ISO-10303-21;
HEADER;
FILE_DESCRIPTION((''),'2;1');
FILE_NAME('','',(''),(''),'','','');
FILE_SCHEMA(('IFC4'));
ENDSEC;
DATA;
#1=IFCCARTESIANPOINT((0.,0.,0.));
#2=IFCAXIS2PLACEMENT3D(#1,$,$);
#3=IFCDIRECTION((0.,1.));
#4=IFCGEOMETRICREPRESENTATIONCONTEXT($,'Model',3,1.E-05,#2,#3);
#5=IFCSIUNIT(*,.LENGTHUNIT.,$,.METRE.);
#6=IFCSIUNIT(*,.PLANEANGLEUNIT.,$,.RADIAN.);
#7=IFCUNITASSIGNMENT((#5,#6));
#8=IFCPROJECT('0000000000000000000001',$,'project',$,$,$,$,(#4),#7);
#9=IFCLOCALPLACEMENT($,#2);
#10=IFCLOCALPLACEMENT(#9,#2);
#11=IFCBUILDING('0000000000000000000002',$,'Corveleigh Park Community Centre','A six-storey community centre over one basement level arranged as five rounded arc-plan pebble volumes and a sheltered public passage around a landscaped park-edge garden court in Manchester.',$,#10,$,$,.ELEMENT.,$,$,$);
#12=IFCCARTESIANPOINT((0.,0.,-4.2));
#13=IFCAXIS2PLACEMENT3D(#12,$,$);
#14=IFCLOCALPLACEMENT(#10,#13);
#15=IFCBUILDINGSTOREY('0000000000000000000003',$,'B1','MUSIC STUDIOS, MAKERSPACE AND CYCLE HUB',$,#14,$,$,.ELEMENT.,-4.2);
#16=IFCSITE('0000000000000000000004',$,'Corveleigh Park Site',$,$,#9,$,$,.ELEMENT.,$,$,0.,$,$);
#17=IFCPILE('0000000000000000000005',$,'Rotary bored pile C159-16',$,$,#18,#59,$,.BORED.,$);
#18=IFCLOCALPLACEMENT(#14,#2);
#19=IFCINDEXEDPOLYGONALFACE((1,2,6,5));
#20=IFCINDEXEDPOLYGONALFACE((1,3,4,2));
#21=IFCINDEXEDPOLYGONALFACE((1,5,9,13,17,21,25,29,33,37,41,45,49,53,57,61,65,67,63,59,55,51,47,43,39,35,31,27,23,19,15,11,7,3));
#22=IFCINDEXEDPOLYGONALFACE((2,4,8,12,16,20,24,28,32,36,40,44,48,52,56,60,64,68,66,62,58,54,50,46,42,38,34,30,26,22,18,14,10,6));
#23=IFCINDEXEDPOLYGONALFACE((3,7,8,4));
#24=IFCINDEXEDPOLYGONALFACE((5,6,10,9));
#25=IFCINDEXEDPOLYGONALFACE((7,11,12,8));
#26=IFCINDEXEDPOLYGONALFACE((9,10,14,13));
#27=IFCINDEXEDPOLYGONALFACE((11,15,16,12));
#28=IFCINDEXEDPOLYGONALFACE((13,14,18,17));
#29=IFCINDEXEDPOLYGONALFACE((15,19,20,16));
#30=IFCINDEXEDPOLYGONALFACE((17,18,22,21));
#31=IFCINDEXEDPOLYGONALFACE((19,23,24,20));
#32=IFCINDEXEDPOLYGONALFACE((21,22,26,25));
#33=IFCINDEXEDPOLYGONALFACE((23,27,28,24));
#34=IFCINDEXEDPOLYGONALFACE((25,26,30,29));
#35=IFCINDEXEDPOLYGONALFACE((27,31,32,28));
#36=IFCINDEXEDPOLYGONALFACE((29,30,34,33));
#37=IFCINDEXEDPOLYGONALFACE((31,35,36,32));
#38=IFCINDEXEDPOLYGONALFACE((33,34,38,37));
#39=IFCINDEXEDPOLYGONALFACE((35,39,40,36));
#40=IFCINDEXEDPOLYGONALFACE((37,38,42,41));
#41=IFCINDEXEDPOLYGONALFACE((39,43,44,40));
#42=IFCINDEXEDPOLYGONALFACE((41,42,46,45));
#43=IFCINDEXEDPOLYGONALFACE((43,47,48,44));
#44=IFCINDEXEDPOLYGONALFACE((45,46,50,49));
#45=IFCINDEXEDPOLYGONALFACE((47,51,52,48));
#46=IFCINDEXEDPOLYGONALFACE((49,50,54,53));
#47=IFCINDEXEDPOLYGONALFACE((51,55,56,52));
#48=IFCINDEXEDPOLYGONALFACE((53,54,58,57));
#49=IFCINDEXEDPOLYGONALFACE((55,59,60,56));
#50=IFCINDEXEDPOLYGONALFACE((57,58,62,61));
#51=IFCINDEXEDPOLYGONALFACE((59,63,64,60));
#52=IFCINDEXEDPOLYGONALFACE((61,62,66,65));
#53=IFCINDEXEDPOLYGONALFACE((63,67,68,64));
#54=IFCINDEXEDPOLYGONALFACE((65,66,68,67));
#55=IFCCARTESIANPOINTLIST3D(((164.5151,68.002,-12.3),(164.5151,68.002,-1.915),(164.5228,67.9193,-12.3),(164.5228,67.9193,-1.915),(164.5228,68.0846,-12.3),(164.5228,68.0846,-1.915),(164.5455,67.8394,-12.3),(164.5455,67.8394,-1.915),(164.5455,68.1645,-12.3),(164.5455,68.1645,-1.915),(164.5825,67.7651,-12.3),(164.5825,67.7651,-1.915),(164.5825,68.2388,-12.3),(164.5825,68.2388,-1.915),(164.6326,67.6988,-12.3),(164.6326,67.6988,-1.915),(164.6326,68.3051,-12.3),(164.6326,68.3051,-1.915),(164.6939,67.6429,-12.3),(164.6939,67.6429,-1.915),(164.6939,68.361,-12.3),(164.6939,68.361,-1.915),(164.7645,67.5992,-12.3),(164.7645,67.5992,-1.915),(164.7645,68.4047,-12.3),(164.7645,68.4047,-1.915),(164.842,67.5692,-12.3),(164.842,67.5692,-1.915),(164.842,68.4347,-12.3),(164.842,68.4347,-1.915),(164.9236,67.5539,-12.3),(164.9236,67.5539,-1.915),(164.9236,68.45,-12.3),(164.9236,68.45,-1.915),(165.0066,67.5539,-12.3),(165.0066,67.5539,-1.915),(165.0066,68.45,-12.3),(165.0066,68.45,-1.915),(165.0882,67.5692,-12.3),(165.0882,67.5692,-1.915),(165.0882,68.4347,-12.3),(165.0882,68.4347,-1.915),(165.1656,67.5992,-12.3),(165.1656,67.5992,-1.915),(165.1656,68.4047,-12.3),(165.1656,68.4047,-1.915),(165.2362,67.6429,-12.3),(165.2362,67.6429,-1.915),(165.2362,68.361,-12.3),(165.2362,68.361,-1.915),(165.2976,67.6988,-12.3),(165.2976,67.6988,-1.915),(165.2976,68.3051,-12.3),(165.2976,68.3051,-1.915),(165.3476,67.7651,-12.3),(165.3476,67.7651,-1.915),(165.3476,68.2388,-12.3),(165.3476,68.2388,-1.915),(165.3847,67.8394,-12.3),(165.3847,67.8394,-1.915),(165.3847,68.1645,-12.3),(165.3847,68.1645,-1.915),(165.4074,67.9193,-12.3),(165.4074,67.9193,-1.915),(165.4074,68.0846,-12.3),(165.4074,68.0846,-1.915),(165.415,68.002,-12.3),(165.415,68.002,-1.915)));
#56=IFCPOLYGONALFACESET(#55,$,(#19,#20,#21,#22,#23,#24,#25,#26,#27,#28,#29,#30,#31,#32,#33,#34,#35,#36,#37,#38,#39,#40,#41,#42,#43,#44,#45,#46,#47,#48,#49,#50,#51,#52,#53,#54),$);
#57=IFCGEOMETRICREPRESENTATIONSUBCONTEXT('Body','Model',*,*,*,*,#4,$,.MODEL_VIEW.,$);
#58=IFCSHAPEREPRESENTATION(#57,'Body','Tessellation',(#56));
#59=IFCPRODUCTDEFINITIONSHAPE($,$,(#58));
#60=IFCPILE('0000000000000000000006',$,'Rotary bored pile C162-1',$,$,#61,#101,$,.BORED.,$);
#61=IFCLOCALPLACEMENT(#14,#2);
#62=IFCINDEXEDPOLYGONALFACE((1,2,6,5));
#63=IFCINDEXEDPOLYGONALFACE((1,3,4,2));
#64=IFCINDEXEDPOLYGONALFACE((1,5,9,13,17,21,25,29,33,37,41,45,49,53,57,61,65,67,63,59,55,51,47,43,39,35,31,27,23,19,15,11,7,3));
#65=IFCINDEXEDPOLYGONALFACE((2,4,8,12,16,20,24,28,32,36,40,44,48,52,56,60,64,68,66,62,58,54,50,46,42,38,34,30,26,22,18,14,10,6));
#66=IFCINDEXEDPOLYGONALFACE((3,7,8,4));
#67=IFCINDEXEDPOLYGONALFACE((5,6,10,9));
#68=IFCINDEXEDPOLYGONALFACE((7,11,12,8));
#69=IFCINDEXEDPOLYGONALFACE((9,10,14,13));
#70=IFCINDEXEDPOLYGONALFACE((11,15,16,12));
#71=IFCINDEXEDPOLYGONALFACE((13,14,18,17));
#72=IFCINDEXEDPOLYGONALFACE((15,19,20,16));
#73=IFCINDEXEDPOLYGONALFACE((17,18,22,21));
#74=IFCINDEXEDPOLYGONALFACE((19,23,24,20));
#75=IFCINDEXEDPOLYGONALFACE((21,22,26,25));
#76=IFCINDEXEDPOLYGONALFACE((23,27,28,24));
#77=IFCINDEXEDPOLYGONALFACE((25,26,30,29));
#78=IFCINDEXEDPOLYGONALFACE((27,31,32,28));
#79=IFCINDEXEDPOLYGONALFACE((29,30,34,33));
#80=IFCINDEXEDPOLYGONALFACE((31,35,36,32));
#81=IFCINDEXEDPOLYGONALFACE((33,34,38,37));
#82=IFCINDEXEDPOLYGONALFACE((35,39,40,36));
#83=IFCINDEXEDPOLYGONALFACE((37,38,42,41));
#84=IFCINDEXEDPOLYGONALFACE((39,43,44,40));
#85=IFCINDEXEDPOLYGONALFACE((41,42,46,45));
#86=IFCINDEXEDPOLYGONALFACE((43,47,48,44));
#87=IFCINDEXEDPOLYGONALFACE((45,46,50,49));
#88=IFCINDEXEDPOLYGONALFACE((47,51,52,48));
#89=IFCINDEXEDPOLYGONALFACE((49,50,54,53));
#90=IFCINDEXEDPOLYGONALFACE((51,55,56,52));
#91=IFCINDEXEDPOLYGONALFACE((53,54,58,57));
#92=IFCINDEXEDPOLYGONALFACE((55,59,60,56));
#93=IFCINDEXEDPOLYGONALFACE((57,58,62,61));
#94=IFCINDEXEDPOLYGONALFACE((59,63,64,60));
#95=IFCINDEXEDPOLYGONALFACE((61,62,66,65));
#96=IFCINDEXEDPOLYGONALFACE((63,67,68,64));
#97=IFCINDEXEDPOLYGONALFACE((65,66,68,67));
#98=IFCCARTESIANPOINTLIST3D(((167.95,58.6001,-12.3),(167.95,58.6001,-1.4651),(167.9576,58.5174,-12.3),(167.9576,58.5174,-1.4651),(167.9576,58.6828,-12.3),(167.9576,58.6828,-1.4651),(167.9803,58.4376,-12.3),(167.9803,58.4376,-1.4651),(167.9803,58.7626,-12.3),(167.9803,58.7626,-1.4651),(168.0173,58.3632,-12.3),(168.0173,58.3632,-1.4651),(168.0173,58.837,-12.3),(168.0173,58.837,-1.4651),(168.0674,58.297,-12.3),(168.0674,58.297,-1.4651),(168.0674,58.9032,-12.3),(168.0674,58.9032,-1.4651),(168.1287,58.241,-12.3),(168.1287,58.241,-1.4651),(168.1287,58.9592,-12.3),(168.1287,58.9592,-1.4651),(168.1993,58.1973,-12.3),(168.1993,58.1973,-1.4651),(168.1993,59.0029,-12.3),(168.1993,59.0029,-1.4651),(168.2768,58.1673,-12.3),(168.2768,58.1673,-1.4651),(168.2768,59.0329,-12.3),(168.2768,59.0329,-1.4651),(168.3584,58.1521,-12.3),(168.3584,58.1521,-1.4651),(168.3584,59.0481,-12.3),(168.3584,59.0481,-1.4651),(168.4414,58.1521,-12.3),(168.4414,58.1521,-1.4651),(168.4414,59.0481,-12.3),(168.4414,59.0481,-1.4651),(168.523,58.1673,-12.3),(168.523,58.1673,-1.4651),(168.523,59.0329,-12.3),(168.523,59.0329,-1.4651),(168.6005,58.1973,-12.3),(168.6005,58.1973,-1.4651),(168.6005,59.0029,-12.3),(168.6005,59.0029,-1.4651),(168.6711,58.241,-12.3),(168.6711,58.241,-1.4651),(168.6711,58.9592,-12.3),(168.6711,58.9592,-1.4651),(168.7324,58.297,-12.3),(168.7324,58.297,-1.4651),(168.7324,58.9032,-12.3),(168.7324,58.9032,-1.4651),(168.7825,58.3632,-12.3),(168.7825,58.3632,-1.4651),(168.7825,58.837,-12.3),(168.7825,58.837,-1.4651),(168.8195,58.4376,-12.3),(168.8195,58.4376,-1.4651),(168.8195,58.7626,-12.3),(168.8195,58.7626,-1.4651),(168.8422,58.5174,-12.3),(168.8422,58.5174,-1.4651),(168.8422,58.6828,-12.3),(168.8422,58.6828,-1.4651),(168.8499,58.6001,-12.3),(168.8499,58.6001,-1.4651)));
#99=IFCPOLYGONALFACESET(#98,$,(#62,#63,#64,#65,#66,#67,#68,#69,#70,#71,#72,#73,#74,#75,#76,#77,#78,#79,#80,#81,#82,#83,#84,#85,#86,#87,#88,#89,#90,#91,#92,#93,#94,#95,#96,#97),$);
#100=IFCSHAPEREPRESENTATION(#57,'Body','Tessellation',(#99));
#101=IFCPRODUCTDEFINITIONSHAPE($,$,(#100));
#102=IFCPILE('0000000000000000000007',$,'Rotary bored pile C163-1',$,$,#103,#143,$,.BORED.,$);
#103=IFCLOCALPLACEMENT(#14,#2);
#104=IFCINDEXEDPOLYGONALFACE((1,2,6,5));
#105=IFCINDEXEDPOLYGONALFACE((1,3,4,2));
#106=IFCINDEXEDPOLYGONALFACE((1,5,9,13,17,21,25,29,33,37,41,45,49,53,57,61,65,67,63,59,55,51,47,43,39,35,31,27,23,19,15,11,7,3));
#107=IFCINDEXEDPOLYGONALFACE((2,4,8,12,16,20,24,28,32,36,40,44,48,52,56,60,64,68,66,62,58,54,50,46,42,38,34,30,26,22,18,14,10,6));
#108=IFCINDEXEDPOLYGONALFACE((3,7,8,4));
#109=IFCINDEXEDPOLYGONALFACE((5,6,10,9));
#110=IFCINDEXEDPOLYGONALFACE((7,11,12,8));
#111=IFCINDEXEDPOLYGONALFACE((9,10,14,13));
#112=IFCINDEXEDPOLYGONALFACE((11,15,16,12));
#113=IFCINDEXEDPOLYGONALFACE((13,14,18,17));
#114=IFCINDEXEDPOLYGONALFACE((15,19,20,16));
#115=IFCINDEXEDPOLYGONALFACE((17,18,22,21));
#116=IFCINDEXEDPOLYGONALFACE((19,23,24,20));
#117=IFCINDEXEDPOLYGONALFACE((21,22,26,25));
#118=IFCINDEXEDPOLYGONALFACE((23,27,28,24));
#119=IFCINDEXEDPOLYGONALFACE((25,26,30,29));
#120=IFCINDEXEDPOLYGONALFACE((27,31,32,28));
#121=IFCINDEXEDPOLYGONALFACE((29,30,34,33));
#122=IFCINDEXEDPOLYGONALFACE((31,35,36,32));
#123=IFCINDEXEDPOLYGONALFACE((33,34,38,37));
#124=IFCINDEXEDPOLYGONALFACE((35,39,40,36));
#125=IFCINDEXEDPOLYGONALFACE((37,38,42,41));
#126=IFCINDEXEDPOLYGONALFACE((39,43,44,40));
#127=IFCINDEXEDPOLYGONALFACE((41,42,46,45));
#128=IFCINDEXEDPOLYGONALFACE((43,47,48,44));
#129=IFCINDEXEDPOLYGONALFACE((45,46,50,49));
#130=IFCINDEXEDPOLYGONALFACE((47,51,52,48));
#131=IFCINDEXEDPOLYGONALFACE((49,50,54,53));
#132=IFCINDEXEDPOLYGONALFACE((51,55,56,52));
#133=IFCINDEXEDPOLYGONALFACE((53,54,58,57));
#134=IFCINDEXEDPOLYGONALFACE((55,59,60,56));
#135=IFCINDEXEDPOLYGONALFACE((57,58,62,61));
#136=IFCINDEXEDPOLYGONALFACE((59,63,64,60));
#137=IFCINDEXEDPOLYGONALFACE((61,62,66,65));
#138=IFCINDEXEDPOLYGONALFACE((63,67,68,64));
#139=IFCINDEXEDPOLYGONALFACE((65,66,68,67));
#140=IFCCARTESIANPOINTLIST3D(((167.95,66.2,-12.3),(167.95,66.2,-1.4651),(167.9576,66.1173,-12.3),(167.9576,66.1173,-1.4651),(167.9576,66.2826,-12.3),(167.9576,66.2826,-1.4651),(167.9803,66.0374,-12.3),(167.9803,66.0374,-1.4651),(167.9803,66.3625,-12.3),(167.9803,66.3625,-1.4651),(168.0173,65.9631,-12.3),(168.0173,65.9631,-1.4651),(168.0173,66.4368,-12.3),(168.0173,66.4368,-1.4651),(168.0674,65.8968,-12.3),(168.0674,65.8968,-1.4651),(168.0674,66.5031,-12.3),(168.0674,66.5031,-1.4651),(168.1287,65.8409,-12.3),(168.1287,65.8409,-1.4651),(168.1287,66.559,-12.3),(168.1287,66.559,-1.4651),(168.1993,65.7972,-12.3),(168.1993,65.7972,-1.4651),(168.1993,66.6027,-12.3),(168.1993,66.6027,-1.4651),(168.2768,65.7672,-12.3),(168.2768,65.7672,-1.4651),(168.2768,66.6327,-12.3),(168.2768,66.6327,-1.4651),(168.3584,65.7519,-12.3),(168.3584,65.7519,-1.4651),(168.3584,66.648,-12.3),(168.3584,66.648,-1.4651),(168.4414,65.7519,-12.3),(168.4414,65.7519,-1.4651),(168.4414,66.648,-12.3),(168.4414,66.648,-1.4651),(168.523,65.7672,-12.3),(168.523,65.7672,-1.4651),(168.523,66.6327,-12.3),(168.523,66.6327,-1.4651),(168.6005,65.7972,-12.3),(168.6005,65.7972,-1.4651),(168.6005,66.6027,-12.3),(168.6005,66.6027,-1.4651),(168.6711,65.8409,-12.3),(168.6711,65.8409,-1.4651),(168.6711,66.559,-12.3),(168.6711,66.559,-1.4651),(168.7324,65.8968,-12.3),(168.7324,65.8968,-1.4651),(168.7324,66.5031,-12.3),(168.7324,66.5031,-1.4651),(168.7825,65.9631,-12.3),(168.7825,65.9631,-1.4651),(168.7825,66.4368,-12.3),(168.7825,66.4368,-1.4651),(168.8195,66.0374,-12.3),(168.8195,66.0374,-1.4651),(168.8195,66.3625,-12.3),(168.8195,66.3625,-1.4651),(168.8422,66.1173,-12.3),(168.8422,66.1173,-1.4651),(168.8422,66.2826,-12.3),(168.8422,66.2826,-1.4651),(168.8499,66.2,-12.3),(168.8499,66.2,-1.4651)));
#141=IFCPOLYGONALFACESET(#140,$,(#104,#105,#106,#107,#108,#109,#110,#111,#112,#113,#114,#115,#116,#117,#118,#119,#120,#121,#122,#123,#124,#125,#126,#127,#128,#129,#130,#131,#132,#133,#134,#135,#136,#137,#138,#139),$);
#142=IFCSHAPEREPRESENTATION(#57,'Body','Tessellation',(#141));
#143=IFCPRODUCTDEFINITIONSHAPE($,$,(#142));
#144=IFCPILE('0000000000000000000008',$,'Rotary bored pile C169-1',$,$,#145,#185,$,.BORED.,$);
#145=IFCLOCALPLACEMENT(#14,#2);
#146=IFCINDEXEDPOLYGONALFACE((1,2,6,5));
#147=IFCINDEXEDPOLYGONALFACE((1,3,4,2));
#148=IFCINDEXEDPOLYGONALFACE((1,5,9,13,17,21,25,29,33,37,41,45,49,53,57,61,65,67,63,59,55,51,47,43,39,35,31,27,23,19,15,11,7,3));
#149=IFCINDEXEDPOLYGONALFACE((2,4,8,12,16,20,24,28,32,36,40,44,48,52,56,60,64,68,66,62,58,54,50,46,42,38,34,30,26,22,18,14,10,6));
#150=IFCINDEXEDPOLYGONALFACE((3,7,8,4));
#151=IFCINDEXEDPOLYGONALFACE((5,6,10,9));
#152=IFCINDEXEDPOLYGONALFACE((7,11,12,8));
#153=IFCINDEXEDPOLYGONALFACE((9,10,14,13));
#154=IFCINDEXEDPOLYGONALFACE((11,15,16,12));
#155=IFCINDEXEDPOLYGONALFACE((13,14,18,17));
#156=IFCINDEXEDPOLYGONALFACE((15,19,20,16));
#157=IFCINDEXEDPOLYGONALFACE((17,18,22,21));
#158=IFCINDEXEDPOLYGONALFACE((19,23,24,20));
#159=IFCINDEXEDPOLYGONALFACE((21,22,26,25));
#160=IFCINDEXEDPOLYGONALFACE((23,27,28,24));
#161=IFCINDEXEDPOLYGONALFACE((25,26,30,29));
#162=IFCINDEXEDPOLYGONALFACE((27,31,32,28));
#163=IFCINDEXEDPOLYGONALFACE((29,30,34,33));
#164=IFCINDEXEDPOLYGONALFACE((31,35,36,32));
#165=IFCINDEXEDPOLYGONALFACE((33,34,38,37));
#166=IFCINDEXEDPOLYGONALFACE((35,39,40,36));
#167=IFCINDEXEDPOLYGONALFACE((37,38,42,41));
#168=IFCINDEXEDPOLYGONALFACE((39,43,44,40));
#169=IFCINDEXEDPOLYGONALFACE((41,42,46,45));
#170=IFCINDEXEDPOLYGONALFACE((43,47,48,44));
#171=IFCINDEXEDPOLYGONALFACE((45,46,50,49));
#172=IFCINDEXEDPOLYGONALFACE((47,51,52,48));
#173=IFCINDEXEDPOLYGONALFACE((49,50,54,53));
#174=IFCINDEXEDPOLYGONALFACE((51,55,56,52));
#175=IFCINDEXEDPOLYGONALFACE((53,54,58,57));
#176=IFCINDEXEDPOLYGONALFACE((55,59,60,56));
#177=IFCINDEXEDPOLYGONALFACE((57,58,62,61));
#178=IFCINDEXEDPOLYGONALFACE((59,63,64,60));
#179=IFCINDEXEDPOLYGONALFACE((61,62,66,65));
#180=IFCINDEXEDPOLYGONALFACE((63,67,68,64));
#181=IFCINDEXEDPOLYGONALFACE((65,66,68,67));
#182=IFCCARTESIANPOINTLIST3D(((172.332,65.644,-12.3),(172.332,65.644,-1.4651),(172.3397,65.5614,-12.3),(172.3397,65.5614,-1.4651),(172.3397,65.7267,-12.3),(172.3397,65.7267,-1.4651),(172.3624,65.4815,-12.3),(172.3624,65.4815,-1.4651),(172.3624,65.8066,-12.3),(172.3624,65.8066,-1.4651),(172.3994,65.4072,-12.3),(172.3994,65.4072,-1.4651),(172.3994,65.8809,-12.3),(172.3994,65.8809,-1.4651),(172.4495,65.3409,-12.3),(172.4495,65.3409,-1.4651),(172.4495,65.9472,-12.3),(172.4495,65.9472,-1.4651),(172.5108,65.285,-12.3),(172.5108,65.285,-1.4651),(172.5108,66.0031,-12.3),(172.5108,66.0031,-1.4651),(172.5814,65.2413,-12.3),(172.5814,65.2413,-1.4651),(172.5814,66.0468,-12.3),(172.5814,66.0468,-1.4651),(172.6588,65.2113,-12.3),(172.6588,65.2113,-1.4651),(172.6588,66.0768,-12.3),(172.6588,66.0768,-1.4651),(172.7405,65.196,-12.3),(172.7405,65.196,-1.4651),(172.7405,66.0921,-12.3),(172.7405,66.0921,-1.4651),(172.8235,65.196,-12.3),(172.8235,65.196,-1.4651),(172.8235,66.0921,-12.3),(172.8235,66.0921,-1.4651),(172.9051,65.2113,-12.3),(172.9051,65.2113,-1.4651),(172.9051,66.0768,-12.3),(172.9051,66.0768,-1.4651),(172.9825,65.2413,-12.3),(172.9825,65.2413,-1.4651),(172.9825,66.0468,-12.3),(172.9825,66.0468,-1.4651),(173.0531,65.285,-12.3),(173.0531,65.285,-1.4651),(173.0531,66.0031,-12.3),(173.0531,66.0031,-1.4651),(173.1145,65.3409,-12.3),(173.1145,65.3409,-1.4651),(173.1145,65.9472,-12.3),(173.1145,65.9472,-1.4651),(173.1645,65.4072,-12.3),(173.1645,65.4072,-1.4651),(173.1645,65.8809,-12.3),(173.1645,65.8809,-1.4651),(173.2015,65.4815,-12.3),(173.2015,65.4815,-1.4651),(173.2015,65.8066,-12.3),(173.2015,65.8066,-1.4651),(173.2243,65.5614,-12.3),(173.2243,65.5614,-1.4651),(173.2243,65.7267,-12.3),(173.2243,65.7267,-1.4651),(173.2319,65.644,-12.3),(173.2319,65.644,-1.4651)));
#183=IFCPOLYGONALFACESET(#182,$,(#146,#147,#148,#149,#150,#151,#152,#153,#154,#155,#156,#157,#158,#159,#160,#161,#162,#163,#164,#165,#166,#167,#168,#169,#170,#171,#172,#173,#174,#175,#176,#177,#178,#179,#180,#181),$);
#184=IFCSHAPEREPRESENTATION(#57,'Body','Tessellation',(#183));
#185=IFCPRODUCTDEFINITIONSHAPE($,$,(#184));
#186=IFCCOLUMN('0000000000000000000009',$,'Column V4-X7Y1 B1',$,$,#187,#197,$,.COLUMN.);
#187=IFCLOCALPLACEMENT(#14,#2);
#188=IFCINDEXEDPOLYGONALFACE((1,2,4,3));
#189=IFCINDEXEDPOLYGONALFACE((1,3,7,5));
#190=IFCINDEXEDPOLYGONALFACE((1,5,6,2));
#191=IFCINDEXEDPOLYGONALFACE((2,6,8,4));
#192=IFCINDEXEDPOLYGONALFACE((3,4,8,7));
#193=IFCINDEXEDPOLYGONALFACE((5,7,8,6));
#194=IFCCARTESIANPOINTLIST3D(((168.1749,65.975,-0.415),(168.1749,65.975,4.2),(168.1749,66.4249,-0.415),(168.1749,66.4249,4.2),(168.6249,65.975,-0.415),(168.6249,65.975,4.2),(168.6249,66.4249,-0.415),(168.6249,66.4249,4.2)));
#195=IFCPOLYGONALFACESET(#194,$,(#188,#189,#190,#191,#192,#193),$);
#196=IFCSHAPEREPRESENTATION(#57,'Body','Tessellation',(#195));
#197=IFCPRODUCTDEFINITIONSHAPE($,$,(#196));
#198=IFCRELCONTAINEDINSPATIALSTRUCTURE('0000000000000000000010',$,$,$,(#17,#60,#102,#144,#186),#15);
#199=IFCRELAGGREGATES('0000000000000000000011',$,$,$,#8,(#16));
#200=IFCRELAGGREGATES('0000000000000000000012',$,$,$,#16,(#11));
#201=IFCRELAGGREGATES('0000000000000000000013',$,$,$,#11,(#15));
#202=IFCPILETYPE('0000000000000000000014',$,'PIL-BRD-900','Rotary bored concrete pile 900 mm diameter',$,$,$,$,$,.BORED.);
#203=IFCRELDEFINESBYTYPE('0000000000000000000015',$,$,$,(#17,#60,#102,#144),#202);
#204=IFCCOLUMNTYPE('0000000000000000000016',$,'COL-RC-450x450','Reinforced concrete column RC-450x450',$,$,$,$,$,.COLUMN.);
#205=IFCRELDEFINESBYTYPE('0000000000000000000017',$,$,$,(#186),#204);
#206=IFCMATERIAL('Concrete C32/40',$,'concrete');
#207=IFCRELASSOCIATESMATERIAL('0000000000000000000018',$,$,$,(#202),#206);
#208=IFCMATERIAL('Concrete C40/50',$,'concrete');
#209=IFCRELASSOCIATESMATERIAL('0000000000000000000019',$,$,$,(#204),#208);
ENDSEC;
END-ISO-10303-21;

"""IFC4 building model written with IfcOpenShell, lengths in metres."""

from ifc_helpers import new_model, si_unit, direction, frame, origin, origin_2d, place, context, subcontext, project, spatial, rectangle, circle, extrude, material, material_profile, profile_set, type_object, element, save


model = new_model("IFC4")

# Units and contexts
model_context = context("Model", 3, precision=1e-05, world=origin(), true_north=direction((0.0, 1.0)))
body_context = subcontext(model_context, "Body", "Model", "MODEL_VIEW")
ifc_project = project(units=[si_unit("LENGTHUNIT", "METRE"), si_unit("PLANEANGLEUNIT", "RADIAN")], contexts=[model_context])

# Site, building, storey
site_placement = place(None, origin())
site = spatial("IfcSite", under=ifc_project, at=site_placement, Name="Corveleigh Park Site", CompositionType="ELEMENT", RefElevation=0.0)
building_placement = place(site_placement, origin())
building = spatial("IfcBuilding", under=site, at=building_placement, Name="Corveleigh Park Community Centre", Description="A six-storey community centre over one basement level arranged as five rounded arc-plan pebble volumes and a sheltered public passage around a landscaped park-edge garden court in Manchester.", CompositionType="ELEMENT")
storey_placement = place(building_placement, frame((0.0, 0.0, -4.2)))
storey = spatial("IfcBuildingStorey", under=building, at=storey_placement, Name="B1", Description="MUSIC STUDIOS, MAKERSPACE AND CYCLE HUB", CompositionType="ELEMENT", Elevation=-4.2)

# Shared definitions
ifc_material_1 = material(Name="Concrete C40/50", Category="concrete")

# Piles
ifc_material_2 = material(Name="Concrete C32/40", Category="concrete")
ifc_material_profile_1 = material_profile(ifc_material_2, circle(Radius=0.45, at=origin_2d()), Name="BORED-PILE-900", Category="concrete")
ifc_profile_set_1 = profile_set([ifc_material_profile_1], Name="Concrete C32/40")
pile_type = type_object("IfcPileType", Name="PIL-BRD-900", Description="Rotary bored concrete pile 900 mm diameter", PredefinedType="BORED", material=ifc_profile_set_1)
for number, where, z_axis, x_axis, name in (
    (1, (164.9651, 68.002, -1.915), (0.0, 0.0, -1.0), (1.0, 0.0, 0.0), "Rotary bored pile C159-16"),
):
    element("IfcPile", number, at=place(storey_placement, frame(where, z_axis=z_axis, x_axis=x_axis)), inside=storey, type_object=pile_type, Name=name, PredefinedType="BORED", context=body_context, shape_type="SweptSolid", body=[
        extrude(circle(Radius=0.45, at=origin_2d()), origin(), (0.0, 0.0, 1.0), 10.385),
    ])
for number, where, z_axis, x_axis, name in (
    (2, (168.3999, 58.6001, -1.4651), (0.0, 0.0, -1.0), (1.0, 0.0, 0.0), "Rotary bored pile C162-1"),
    (3, (168.3999, 66.2, -1.4651), (0.0, 0.0, -1.0), (1.0, 0.0, 0.0), "Rotary bored pile C163-1"),
    (4, (172.782, 65.644, -1.4651), (0.0, 0.0, -1.0), (1.0, 0.0, 0.0), "Rotary bored pile C169-1"),
):
    element("IfcPile", number, at=place(storey_placement, frame(where, z_axis=z_axis, x_axis=x_axis)), inside=storey, type_object=pile_type, Name=name, PredefinedType="BORED", context=body_context, shape_type="SweptSolid", body=[
        extrude(circle(Radius=0.45, at=origin_2d()), origin(), (0.0, 0.0, 1.0), 10.835),
    ])

# Column
ifc_material_profile_2 = material_profile(ifc_material_1, rectangle(XDim=0.45, YDim=0.45, at=origin_2d()), Name="RC-450x450", Category="concrete")
ifc_profile_set_2 = profile_set([ifc_material_profile_2], Name="Concrete C40/50")
column_type_1 = type_object("IfcColumnType", Name="COL-RC-450x450", Description="Reinforced concrete column RC-450x450", PredefinedType="COLUMN", material=ifc_profile_set_2)
column_1_placement = place(storey_placement, frame((168.3999, 66.2, -0.415), z_axis=(0.0, 0.0, 1.0), x_axis=(1.0, 0.0, 0.0)))
element("IfcColumn", 5, at=column_1_placement, inside=storey, type_object=column_type_1, Name="Column V4-X7Y1 B1", PredefinedType="COLUMN", context=body_context, shape_type="SweptSolid", body=[
    extrude(rectangle(XDim=0.45, YDim=0.45, at=origin_2d()), origin(), (0.0, 0.0, 1.0), 4.615),
])

save(model, "model.ifc")
